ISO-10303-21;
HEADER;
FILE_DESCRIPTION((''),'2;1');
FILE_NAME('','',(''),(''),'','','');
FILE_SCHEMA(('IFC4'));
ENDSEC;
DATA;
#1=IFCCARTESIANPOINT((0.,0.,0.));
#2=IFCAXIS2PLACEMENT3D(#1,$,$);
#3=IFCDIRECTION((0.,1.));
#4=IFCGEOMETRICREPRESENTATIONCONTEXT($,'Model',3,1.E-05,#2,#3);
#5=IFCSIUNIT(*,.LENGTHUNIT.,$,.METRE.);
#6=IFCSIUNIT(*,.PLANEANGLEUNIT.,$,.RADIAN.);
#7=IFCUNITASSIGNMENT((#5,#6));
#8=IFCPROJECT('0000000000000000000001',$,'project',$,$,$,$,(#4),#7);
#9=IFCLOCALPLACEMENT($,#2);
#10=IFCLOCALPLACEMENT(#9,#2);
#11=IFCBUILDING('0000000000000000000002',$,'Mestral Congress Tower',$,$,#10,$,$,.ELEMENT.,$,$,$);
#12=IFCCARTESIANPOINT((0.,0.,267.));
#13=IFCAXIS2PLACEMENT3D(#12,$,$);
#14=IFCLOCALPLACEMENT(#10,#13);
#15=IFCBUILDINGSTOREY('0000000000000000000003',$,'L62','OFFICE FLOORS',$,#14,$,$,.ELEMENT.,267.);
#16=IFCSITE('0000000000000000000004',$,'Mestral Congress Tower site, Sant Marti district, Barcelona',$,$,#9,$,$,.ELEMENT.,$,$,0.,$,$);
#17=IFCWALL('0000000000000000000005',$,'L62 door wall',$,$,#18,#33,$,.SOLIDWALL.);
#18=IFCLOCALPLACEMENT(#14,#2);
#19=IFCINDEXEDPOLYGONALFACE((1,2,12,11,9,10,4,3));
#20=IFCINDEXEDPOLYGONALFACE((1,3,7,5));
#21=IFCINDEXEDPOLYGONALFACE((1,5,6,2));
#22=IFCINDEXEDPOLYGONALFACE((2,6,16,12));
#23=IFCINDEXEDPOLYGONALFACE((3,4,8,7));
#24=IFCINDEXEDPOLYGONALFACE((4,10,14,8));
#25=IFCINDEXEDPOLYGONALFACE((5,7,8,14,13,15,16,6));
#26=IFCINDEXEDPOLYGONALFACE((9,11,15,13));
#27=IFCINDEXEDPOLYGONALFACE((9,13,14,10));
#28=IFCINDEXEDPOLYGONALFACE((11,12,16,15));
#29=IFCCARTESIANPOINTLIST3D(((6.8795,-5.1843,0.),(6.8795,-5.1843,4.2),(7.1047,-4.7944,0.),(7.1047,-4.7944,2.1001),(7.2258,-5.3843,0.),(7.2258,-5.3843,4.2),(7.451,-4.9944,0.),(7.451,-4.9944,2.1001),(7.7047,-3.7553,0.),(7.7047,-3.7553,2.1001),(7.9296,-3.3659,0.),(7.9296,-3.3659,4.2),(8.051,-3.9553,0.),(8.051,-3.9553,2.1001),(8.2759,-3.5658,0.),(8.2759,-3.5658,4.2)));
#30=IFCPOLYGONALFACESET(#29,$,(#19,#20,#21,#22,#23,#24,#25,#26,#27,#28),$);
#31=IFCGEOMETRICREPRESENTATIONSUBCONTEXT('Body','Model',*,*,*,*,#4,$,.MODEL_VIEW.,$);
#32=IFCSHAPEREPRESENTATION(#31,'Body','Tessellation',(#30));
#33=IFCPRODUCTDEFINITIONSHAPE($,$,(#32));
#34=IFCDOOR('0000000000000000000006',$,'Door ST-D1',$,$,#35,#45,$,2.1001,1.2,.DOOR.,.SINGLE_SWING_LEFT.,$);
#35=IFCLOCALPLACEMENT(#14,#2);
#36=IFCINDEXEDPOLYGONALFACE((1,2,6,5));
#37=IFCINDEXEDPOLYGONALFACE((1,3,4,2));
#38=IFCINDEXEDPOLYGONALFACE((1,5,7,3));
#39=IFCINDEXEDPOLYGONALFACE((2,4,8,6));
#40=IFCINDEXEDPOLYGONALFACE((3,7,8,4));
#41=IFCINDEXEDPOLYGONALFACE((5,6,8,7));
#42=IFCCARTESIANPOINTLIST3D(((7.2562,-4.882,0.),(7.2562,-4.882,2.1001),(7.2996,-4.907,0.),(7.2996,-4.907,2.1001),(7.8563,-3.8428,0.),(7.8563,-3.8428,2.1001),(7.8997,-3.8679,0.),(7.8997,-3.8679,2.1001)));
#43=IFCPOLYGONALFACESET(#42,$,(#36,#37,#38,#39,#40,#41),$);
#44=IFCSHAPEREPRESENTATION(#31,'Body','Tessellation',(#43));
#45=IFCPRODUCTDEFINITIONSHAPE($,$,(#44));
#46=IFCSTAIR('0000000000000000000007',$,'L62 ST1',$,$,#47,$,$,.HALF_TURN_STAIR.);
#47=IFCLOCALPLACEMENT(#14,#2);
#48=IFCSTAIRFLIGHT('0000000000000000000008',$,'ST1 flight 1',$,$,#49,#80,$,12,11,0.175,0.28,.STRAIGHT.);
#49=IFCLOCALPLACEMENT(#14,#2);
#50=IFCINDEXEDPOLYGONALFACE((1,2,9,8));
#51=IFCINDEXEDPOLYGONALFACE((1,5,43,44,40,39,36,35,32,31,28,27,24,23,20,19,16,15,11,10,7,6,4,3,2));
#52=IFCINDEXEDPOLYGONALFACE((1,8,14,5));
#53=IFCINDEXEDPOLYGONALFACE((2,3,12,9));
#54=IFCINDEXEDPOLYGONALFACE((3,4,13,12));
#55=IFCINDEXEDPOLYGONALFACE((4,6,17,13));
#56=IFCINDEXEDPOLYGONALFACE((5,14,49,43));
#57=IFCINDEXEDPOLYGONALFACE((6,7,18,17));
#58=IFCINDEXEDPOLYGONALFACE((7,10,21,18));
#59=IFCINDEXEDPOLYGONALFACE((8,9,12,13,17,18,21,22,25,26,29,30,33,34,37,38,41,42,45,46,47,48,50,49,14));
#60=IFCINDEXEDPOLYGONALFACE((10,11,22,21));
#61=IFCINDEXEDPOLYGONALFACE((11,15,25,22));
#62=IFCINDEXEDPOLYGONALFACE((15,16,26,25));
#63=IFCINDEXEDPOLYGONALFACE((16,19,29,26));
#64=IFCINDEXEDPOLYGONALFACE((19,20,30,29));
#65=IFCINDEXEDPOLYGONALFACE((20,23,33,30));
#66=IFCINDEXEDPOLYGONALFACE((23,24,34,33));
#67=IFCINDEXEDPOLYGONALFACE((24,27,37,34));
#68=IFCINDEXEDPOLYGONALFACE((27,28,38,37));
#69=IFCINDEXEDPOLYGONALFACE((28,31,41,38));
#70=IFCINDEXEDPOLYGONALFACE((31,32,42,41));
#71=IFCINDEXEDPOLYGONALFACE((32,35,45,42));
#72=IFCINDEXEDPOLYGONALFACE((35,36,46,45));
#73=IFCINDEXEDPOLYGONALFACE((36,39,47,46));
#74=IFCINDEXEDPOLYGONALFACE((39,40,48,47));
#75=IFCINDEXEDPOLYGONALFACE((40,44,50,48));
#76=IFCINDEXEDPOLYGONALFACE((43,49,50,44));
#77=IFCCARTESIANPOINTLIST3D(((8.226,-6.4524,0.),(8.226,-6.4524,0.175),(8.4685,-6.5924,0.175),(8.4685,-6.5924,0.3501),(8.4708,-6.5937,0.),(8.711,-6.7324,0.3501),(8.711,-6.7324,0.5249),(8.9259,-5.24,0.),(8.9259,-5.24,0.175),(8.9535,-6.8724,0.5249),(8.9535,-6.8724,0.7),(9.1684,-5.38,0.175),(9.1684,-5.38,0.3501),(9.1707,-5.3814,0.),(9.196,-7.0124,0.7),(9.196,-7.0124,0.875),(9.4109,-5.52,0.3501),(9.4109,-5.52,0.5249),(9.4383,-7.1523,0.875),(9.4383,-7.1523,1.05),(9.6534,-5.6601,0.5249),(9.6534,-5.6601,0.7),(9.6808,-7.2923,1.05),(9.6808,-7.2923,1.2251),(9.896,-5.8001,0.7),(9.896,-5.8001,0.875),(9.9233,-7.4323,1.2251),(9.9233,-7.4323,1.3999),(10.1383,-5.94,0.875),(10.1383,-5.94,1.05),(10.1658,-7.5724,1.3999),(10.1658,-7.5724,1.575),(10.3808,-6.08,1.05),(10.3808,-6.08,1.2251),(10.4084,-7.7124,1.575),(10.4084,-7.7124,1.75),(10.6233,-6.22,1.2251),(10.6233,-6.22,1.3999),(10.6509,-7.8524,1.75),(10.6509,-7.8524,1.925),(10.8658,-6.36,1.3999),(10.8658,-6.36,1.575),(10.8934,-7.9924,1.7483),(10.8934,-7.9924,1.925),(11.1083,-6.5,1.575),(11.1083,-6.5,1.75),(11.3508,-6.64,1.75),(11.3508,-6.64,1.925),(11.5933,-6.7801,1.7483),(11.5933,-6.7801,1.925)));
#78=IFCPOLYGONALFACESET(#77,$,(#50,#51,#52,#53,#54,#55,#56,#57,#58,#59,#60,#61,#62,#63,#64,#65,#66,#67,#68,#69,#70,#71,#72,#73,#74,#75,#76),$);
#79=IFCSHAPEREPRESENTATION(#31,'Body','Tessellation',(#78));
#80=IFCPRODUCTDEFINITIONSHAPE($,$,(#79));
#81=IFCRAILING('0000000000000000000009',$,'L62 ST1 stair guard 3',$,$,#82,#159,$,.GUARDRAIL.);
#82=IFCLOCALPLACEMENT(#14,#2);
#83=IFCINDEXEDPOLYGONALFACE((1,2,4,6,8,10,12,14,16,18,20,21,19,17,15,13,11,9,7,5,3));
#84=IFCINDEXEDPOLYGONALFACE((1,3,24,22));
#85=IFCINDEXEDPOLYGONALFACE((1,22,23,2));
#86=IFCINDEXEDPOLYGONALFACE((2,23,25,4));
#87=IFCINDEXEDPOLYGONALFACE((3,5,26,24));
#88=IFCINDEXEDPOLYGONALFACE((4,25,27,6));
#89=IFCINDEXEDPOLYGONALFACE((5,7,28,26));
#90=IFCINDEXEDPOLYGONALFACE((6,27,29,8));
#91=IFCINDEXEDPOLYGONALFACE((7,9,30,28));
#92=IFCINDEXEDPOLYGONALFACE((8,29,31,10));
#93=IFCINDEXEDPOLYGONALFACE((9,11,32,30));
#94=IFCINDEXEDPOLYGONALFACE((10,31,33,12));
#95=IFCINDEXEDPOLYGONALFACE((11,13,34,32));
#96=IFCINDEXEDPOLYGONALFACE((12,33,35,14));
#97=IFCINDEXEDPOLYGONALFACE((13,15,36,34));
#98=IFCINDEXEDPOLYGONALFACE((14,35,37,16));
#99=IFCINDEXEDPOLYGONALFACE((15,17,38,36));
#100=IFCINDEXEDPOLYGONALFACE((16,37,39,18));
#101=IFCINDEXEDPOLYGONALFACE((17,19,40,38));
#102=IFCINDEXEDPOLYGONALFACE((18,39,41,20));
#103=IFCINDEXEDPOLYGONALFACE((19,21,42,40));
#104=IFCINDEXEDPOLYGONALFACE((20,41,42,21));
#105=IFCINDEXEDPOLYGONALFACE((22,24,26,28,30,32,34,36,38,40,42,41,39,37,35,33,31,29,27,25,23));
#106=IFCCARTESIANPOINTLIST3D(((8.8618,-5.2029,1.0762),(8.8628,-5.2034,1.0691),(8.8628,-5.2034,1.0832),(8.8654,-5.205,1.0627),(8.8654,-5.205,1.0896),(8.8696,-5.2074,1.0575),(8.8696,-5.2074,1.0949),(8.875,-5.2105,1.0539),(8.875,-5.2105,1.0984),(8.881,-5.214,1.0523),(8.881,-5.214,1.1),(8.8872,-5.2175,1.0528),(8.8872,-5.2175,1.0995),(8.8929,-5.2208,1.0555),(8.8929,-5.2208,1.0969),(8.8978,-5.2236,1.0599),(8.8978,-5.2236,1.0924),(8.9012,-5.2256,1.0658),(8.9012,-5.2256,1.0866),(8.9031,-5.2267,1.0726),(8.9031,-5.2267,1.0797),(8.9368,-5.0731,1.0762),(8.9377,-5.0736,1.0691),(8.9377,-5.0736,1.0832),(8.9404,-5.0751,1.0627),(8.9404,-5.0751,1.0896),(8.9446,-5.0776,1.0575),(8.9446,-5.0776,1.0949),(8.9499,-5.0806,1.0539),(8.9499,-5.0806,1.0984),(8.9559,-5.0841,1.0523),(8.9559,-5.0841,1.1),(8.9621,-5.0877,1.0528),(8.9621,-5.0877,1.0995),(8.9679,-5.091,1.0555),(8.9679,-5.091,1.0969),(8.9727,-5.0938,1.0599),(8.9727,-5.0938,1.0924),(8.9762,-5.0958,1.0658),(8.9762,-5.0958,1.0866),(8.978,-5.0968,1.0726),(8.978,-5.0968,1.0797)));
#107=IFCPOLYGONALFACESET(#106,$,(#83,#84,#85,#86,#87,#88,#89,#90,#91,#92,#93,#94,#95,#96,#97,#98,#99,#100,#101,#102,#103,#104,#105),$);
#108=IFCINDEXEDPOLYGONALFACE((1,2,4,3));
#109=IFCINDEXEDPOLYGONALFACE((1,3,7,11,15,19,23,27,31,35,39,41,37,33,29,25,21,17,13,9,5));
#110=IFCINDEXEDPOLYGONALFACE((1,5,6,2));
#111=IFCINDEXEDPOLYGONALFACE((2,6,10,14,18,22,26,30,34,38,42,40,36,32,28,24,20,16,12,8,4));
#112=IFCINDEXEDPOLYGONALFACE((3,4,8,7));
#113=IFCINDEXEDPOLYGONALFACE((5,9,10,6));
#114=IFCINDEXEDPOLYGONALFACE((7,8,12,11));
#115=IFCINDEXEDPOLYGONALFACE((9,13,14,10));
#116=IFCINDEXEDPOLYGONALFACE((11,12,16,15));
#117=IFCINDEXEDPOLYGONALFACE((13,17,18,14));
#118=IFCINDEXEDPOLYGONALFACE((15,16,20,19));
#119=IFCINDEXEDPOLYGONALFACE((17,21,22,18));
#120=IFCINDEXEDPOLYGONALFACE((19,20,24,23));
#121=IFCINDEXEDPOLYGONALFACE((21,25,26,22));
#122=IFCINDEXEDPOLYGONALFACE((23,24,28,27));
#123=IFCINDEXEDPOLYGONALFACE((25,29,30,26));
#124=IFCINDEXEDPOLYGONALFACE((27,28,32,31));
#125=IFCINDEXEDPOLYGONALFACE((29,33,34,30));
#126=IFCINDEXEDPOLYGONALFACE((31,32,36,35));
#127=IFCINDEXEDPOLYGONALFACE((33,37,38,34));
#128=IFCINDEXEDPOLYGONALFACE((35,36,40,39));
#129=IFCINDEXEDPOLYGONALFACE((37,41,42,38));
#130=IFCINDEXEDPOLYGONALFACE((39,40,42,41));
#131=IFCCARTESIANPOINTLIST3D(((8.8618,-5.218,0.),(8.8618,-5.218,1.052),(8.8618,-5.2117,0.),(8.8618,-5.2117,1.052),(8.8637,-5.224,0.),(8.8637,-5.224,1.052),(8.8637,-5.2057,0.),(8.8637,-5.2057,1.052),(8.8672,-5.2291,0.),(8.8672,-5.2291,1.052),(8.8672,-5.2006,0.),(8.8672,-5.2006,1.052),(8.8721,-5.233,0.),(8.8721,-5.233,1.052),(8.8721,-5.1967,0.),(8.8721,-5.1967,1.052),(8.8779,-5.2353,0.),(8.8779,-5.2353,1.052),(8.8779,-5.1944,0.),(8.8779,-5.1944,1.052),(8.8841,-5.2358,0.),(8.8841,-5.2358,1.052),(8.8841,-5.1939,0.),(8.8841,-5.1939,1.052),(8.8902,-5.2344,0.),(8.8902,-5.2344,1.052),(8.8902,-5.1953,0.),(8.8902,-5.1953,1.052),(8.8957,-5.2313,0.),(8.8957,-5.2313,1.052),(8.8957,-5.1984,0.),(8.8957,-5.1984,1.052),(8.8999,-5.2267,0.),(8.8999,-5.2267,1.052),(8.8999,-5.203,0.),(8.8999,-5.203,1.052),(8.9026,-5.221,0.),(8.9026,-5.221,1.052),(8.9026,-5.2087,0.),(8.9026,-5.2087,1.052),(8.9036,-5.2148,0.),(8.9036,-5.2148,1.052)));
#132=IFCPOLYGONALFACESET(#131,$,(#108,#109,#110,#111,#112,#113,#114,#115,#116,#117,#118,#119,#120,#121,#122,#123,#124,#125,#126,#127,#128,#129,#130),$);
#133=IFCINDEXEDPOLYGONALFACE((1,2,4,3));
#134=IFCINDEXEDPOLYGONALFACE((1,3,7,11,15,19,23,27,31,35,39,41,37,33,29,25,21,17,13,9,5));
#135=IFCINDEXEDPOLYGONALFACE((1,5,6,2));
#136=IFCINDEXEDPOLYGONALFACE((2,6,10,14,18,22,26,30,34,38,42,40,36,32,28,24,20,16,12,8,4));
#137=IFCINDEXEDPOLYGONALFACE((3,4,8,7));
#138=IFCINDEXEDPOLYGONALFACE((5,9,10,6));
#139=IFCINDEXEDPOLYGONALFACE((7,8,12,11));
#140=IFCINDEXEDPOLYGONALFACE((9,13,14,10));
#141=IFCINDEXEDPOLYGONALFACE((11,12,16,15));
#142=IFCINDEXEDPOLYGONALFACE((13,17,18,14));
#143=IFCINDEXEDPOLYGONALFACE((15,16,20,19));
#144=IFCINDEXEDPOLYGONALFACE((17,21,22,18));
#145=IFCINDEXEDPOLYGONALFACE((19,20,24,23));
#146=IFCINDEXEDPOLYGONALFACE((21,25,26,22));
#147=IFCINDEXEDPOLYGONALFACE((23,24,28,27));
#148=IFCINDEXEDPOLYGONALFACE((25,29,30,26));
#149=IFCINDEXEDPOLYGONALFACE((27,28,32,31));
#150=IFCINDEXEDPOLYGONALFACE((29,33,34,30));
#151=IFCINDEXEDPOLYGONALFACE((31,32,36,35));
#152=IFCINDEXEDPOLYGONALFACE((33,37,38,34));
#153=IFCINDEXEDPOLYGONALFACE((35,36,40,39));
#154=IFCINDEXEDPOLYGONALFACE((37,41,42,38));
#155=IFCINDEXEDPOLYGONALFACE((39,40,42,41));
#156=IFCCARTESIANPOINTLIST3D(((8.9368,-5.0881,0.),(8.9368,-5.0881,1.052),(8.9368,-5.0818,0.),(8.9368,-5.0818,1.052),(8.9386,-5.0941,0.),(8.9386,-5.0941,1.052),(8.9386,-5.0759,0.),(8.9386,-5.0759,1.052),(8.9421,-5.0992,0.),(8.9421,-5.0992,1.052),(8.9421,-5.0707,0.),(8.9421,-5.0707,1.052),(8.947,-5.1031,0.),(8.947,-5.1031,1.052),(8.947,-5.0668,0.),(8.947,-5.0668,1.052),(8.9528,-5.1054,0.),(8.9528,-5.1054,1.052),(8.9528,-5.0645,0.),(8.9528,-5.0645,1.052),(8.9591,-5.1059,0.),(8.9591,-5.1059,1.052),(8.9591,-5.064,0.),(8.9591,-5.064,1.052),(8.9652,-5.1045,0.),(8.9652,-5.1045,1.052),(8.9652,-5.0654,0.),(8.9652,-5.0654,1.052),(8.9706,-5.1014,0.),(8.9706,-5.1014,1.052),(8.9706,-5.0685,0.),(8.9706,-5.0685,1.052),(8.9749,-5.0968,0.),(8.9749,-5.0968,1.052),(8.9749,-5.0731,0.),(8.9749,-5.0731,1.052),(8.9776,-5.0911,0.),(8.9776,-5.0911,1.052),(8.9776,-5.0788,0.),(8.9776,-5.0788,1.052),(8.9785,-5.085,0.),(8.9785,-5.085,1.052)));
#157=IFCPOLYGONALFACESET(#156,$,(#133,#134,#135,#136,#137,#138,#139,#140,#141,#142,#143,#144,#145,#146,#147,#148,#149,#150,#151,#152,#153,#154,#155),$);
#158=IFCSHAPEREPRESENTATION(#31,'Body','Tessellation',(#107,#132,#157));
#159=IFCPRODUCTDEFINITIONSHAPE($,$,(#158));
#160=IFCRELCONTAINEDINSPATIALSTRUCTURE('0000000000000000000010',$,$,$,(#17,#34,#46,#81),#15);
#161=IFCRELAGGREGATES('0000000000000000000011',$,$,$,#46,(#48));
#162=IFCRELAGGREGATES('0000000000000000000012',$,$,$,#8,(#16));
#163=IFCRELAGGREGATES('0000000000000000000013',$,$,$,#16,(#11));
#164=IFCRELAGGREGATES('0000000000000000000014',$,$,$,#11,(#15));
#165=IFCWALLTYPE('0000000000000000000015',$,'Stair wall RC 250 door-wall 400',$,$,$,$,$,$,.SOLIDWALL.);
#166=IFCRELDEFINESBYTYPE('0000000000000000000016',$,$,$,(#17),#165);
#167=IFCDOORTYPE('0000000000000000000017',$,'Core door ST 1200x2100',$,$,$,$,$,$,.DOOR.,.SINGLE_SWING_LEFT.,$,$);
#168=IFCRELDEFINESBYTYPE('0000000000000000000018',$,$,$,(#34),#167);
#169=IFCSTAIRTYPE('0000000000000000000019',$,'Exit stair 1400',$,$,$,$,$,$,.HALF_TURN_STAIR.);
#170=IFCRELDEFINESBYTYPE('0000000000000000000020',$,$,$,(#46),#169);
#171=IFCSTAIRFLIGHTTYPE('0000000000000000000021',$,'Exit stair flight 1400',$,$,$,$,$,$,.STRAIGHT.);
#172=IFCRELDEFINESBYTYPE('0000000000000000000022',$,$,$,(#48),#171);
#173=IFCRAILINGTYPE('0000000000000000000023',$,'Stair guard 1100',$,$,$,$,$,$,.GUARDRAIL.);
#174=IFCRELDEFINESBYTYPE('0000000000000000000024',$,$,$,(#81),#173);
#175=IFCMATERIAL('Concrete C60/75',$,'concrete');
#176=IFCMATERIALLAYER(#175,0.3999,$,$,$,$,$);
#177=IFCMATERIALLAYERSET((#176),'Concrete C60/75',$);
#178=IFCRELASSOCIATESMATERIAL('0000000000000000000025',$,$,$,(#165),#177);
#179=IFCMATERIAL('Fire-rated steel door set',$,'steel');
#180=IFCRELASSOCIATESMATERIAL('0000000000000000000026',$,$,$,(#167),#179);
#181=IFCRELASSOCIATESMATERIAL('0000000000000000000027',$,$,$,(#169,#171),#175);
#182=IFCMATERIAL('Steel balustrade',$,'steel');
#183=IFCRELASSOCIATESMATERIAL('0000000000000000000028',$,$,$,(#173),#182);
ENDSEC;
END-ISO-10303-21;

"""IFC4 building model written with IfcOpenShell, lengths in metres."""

from ifc_helpers import new_model, si_unit, direction, frame, frame_2d, origin, origin_2d, place, context, subcontext, project, spatial, polyline, rectangle, circle, outline, extrude, material, layer, layer_set, type_object, element, fill, aggregate, save


model = new_model("IFC4")

# Units and contexts
model_context = context("Model", 3, precision=1e-05, world=origin(), true_north=direction((0.0, 1.0)))
body_context = subcontext(model_context, "Body", "Model", "MODEL_VIEW")
ifc_project = project(units=[si_unit("LENGTHUNIT", "METRE"), si_unit("PLANEANGLEUNIT", "RADIAN")], contexts=[model_context])

# Site, building, storey
site_placement = place(None, origin())
site = spatial("IfcSite", under=ifc_project, at=site_placement, Name="Mestral Congress Tower site, Sant Marti district, Barcelona", CompositionType="ELEMENT", RefElevation=0.0)
building_placement = place(site_placement, origin())
building = spatial("IfcBuilding", under=site, at=building_placement, Name="Mestral Congress Tower", CompositionType="ELEMENT")
storey_placement = place(building_placement, frame((0.0, 0.0, 267.0)))
storey = spatial("IfcBuildingStorey", under=building, at=storey_placement, Name="L62", Description="OFFICE FLOORS", CompositionType="ELEMENT", Elevation=267.0)

# Shared definitions
ifc_material_1 = material(Name="Fire-rated steel door set", Category="steel")

# Shared definitions
ifc_material_2 = material(Name="Concrete C60/75", Category="concrete")

# Wall, opening, door
ifc_layer_1 = layer(ifc_material_2, 0.3999)
ifc_layer_set_1 = layer_set([ifc_layer_1], Name="Concrete C60/75")
wall_type_1 = type_object("IfcWallType", Name="Stair wall RC 250 door-wall 400", PredefinedType="SOLIDWALL", material=ifc_layer_set_1)
wall_1_placement = place(storey_placement, frame((7.0527, -5.2842, 0.0), z_axis=(0.0, 0.0, 1.0), x_axis=(0.500078, 0.86598, 0.0)))
wall_1 = element("IfcWall", 1, at=wall_1_placement, inside=storey, type_object=wall_type_1, Name="L62 door wall", PredefinedType="SOLIDWALL", context=body_context, shape_type="SweptSolid", body=[
    extrude(rectangle(XDim=2.0999, YDim=0.3999, at=frame_2d((1.0498, 0.0))), origin(), (0.0, 0.0, 1.0), 4.2),
])
opening_1_placement = place(wall_1_placement, frame((0.45, 0.0, 0.0)))
opening_1 = element("IfcOpeningElement", 2, at=opening_1_placement, cuts=wall_1, PredefinedType="OPENING", context=body_context, shape_type="SweptSolid", body=[
    extrude(rectangle(XDim=1.2, YDim=2.1001, at=frame_2d((0.6001, 1.05))), frame((0.0, 0.21, 0.0), z_axis=(0.0, -1.0, 0.0), x_axis=(1.0, 0.0, 0.0)), (0.0, 0.0, 1.0), 0.4199),
])
door_type_1 = type_object("IfcDoorType", Name="Core door ST 1200x2100", OperationType="SINGLE_SWING_LEFT", PredefinedType="DOOR", material=ifc_material_1)
door_1_placement = place(opening_1_placement, origin())
door_1 = element("IfcDoor", 3, at=door_1_placement, inside=storey, type_object=door_type_1, Name="Door ST-D1", OperationType="SINGLE_SWING_LEFT", OverallHeight=2.1001, OverallWidth=1.2, PredefinedType="DOOR", context=body_context, shape_type="SweptSolid", body=[
    extrude(rectangle(XDim=1.2, YDim=2.1001, at=frame_2d((0.6001, 1.05))), frame((0.0, 0.0249, 0.0), z_axis=(0.0, -1.0, 0.0), x_axis=(1.0, 0.0, 0.0)), (0.0, 0.0, 1.0), 0.05),
])
fill(opening_1, door_1)

# Stair, stair flight
stair_type = type_object("IfcStairType", Name="Exit stair 1400", PredefinedType="HALF_TURN_STAIR", material=ifc_material_2)
stair_placement = place(storey_placement, origin())
stair = element("IfcStair", 4, at=stair_placement, inside=storey, type_object=stair_type, Name="L62 ST1", PredefinedType="HALF_TURN_STAIR")
stair_flight_type = type_object("IfcStairFlightType", Name="Exit stair flight 1400", PredefinedType="STRAIGHT", material=ifc_material_2)
stair_flight_placement = place(storey_placement, frame((8.5759, -5.8462, 0.0), z_axis=(0.0, 0.0, 1.0), x_axis=(0.866025, -0.5, 0.0)))
stair_flight = element("IfcStairFlight", 5, at=stair_flight_placement, type_object=stair_flight_type, Name="ST1 flight 1", NumberOfRisers=12, NumberOfTreads=11, PredefinedType="STRAIGHT", RiserHeight=0.175, TreadLength=0.28, context=body_context, shape_type="SweptSolid", body=[
    extrude(outline(polyline([(0.0, 0.0), (0.0, 0.175), (0.28, 0.175), (0.28, 0.3501), (0.5601, 0.3501), (0.5601, 0.5249), (0.8401, 0.5249), (0.8401, 0.7), (1.1201, 0.7), (1.1201, 0.875), (1.3999, 0.875), (1.3999, 1.05), (1.6799, 1.05), (1.6799, 1.2251), (1.96, 1.2251), (1.96, 1.3999), (2.24, 1.3999), (2.24, 1.575), (2.52, 1.575), (2.52, 1.75), (2.8, 1.75), (2.8, 1.925), (3.0801, 1.925), (3.0801, 2.1001), (3.0801, 1.7483), (0.2827, 0.0), (0.0, 0.0)])), frame((0.0, 0.7, 0.0), z_axis=(0.0, -1.0, 0.0), x_axis=(1.0, 0.0, 0.0)), (0.0, 0.0, 1.0), 1.3999),
])
aggregate(stair, [stair_flight])

# Railing
ifc_material_3 = material(Name="Steel balustrade", Category="steel")
railing_type_1 = type_object("IfcRailingType", Name="Stair guard 1100", PredefinedType="GUARDRAIL", material=ifc_material_3)
railing_1_placement = place(storey_placement, frame((8.8826, -5.2148, 0.0)))
element("IfcRailing", 6, at=railing_1_placement, inside=storey, type_object=railing_type_1, Name="L62 ST1 stair guard 3", PredefinedType="GUARDRAIL", context=body_context, shape_type="SweptSolid", body=[
    extrude(circle(Radius=0.0239, at=origin_2d()), frame((0.0, 0.0, 1.0762), z_axis=(0.499816, 0.866131, 0.0), x_axis=(-0.866131, 0.499816, 0.0)), (0.0, 0.0, 1.0), 0.1499),
    extrude(circle(Radius=0.021, at=origin_2d()), origin(), (0.0, 0.0, 1.0), 1.052),
    extrude(circle(Radius=0.021, at=origin_2d()), frame((0.075, 0.1299, 0.0)), (0.0, 0.0, 1.0), 1.052),
])

save(model, "model.ifc")
